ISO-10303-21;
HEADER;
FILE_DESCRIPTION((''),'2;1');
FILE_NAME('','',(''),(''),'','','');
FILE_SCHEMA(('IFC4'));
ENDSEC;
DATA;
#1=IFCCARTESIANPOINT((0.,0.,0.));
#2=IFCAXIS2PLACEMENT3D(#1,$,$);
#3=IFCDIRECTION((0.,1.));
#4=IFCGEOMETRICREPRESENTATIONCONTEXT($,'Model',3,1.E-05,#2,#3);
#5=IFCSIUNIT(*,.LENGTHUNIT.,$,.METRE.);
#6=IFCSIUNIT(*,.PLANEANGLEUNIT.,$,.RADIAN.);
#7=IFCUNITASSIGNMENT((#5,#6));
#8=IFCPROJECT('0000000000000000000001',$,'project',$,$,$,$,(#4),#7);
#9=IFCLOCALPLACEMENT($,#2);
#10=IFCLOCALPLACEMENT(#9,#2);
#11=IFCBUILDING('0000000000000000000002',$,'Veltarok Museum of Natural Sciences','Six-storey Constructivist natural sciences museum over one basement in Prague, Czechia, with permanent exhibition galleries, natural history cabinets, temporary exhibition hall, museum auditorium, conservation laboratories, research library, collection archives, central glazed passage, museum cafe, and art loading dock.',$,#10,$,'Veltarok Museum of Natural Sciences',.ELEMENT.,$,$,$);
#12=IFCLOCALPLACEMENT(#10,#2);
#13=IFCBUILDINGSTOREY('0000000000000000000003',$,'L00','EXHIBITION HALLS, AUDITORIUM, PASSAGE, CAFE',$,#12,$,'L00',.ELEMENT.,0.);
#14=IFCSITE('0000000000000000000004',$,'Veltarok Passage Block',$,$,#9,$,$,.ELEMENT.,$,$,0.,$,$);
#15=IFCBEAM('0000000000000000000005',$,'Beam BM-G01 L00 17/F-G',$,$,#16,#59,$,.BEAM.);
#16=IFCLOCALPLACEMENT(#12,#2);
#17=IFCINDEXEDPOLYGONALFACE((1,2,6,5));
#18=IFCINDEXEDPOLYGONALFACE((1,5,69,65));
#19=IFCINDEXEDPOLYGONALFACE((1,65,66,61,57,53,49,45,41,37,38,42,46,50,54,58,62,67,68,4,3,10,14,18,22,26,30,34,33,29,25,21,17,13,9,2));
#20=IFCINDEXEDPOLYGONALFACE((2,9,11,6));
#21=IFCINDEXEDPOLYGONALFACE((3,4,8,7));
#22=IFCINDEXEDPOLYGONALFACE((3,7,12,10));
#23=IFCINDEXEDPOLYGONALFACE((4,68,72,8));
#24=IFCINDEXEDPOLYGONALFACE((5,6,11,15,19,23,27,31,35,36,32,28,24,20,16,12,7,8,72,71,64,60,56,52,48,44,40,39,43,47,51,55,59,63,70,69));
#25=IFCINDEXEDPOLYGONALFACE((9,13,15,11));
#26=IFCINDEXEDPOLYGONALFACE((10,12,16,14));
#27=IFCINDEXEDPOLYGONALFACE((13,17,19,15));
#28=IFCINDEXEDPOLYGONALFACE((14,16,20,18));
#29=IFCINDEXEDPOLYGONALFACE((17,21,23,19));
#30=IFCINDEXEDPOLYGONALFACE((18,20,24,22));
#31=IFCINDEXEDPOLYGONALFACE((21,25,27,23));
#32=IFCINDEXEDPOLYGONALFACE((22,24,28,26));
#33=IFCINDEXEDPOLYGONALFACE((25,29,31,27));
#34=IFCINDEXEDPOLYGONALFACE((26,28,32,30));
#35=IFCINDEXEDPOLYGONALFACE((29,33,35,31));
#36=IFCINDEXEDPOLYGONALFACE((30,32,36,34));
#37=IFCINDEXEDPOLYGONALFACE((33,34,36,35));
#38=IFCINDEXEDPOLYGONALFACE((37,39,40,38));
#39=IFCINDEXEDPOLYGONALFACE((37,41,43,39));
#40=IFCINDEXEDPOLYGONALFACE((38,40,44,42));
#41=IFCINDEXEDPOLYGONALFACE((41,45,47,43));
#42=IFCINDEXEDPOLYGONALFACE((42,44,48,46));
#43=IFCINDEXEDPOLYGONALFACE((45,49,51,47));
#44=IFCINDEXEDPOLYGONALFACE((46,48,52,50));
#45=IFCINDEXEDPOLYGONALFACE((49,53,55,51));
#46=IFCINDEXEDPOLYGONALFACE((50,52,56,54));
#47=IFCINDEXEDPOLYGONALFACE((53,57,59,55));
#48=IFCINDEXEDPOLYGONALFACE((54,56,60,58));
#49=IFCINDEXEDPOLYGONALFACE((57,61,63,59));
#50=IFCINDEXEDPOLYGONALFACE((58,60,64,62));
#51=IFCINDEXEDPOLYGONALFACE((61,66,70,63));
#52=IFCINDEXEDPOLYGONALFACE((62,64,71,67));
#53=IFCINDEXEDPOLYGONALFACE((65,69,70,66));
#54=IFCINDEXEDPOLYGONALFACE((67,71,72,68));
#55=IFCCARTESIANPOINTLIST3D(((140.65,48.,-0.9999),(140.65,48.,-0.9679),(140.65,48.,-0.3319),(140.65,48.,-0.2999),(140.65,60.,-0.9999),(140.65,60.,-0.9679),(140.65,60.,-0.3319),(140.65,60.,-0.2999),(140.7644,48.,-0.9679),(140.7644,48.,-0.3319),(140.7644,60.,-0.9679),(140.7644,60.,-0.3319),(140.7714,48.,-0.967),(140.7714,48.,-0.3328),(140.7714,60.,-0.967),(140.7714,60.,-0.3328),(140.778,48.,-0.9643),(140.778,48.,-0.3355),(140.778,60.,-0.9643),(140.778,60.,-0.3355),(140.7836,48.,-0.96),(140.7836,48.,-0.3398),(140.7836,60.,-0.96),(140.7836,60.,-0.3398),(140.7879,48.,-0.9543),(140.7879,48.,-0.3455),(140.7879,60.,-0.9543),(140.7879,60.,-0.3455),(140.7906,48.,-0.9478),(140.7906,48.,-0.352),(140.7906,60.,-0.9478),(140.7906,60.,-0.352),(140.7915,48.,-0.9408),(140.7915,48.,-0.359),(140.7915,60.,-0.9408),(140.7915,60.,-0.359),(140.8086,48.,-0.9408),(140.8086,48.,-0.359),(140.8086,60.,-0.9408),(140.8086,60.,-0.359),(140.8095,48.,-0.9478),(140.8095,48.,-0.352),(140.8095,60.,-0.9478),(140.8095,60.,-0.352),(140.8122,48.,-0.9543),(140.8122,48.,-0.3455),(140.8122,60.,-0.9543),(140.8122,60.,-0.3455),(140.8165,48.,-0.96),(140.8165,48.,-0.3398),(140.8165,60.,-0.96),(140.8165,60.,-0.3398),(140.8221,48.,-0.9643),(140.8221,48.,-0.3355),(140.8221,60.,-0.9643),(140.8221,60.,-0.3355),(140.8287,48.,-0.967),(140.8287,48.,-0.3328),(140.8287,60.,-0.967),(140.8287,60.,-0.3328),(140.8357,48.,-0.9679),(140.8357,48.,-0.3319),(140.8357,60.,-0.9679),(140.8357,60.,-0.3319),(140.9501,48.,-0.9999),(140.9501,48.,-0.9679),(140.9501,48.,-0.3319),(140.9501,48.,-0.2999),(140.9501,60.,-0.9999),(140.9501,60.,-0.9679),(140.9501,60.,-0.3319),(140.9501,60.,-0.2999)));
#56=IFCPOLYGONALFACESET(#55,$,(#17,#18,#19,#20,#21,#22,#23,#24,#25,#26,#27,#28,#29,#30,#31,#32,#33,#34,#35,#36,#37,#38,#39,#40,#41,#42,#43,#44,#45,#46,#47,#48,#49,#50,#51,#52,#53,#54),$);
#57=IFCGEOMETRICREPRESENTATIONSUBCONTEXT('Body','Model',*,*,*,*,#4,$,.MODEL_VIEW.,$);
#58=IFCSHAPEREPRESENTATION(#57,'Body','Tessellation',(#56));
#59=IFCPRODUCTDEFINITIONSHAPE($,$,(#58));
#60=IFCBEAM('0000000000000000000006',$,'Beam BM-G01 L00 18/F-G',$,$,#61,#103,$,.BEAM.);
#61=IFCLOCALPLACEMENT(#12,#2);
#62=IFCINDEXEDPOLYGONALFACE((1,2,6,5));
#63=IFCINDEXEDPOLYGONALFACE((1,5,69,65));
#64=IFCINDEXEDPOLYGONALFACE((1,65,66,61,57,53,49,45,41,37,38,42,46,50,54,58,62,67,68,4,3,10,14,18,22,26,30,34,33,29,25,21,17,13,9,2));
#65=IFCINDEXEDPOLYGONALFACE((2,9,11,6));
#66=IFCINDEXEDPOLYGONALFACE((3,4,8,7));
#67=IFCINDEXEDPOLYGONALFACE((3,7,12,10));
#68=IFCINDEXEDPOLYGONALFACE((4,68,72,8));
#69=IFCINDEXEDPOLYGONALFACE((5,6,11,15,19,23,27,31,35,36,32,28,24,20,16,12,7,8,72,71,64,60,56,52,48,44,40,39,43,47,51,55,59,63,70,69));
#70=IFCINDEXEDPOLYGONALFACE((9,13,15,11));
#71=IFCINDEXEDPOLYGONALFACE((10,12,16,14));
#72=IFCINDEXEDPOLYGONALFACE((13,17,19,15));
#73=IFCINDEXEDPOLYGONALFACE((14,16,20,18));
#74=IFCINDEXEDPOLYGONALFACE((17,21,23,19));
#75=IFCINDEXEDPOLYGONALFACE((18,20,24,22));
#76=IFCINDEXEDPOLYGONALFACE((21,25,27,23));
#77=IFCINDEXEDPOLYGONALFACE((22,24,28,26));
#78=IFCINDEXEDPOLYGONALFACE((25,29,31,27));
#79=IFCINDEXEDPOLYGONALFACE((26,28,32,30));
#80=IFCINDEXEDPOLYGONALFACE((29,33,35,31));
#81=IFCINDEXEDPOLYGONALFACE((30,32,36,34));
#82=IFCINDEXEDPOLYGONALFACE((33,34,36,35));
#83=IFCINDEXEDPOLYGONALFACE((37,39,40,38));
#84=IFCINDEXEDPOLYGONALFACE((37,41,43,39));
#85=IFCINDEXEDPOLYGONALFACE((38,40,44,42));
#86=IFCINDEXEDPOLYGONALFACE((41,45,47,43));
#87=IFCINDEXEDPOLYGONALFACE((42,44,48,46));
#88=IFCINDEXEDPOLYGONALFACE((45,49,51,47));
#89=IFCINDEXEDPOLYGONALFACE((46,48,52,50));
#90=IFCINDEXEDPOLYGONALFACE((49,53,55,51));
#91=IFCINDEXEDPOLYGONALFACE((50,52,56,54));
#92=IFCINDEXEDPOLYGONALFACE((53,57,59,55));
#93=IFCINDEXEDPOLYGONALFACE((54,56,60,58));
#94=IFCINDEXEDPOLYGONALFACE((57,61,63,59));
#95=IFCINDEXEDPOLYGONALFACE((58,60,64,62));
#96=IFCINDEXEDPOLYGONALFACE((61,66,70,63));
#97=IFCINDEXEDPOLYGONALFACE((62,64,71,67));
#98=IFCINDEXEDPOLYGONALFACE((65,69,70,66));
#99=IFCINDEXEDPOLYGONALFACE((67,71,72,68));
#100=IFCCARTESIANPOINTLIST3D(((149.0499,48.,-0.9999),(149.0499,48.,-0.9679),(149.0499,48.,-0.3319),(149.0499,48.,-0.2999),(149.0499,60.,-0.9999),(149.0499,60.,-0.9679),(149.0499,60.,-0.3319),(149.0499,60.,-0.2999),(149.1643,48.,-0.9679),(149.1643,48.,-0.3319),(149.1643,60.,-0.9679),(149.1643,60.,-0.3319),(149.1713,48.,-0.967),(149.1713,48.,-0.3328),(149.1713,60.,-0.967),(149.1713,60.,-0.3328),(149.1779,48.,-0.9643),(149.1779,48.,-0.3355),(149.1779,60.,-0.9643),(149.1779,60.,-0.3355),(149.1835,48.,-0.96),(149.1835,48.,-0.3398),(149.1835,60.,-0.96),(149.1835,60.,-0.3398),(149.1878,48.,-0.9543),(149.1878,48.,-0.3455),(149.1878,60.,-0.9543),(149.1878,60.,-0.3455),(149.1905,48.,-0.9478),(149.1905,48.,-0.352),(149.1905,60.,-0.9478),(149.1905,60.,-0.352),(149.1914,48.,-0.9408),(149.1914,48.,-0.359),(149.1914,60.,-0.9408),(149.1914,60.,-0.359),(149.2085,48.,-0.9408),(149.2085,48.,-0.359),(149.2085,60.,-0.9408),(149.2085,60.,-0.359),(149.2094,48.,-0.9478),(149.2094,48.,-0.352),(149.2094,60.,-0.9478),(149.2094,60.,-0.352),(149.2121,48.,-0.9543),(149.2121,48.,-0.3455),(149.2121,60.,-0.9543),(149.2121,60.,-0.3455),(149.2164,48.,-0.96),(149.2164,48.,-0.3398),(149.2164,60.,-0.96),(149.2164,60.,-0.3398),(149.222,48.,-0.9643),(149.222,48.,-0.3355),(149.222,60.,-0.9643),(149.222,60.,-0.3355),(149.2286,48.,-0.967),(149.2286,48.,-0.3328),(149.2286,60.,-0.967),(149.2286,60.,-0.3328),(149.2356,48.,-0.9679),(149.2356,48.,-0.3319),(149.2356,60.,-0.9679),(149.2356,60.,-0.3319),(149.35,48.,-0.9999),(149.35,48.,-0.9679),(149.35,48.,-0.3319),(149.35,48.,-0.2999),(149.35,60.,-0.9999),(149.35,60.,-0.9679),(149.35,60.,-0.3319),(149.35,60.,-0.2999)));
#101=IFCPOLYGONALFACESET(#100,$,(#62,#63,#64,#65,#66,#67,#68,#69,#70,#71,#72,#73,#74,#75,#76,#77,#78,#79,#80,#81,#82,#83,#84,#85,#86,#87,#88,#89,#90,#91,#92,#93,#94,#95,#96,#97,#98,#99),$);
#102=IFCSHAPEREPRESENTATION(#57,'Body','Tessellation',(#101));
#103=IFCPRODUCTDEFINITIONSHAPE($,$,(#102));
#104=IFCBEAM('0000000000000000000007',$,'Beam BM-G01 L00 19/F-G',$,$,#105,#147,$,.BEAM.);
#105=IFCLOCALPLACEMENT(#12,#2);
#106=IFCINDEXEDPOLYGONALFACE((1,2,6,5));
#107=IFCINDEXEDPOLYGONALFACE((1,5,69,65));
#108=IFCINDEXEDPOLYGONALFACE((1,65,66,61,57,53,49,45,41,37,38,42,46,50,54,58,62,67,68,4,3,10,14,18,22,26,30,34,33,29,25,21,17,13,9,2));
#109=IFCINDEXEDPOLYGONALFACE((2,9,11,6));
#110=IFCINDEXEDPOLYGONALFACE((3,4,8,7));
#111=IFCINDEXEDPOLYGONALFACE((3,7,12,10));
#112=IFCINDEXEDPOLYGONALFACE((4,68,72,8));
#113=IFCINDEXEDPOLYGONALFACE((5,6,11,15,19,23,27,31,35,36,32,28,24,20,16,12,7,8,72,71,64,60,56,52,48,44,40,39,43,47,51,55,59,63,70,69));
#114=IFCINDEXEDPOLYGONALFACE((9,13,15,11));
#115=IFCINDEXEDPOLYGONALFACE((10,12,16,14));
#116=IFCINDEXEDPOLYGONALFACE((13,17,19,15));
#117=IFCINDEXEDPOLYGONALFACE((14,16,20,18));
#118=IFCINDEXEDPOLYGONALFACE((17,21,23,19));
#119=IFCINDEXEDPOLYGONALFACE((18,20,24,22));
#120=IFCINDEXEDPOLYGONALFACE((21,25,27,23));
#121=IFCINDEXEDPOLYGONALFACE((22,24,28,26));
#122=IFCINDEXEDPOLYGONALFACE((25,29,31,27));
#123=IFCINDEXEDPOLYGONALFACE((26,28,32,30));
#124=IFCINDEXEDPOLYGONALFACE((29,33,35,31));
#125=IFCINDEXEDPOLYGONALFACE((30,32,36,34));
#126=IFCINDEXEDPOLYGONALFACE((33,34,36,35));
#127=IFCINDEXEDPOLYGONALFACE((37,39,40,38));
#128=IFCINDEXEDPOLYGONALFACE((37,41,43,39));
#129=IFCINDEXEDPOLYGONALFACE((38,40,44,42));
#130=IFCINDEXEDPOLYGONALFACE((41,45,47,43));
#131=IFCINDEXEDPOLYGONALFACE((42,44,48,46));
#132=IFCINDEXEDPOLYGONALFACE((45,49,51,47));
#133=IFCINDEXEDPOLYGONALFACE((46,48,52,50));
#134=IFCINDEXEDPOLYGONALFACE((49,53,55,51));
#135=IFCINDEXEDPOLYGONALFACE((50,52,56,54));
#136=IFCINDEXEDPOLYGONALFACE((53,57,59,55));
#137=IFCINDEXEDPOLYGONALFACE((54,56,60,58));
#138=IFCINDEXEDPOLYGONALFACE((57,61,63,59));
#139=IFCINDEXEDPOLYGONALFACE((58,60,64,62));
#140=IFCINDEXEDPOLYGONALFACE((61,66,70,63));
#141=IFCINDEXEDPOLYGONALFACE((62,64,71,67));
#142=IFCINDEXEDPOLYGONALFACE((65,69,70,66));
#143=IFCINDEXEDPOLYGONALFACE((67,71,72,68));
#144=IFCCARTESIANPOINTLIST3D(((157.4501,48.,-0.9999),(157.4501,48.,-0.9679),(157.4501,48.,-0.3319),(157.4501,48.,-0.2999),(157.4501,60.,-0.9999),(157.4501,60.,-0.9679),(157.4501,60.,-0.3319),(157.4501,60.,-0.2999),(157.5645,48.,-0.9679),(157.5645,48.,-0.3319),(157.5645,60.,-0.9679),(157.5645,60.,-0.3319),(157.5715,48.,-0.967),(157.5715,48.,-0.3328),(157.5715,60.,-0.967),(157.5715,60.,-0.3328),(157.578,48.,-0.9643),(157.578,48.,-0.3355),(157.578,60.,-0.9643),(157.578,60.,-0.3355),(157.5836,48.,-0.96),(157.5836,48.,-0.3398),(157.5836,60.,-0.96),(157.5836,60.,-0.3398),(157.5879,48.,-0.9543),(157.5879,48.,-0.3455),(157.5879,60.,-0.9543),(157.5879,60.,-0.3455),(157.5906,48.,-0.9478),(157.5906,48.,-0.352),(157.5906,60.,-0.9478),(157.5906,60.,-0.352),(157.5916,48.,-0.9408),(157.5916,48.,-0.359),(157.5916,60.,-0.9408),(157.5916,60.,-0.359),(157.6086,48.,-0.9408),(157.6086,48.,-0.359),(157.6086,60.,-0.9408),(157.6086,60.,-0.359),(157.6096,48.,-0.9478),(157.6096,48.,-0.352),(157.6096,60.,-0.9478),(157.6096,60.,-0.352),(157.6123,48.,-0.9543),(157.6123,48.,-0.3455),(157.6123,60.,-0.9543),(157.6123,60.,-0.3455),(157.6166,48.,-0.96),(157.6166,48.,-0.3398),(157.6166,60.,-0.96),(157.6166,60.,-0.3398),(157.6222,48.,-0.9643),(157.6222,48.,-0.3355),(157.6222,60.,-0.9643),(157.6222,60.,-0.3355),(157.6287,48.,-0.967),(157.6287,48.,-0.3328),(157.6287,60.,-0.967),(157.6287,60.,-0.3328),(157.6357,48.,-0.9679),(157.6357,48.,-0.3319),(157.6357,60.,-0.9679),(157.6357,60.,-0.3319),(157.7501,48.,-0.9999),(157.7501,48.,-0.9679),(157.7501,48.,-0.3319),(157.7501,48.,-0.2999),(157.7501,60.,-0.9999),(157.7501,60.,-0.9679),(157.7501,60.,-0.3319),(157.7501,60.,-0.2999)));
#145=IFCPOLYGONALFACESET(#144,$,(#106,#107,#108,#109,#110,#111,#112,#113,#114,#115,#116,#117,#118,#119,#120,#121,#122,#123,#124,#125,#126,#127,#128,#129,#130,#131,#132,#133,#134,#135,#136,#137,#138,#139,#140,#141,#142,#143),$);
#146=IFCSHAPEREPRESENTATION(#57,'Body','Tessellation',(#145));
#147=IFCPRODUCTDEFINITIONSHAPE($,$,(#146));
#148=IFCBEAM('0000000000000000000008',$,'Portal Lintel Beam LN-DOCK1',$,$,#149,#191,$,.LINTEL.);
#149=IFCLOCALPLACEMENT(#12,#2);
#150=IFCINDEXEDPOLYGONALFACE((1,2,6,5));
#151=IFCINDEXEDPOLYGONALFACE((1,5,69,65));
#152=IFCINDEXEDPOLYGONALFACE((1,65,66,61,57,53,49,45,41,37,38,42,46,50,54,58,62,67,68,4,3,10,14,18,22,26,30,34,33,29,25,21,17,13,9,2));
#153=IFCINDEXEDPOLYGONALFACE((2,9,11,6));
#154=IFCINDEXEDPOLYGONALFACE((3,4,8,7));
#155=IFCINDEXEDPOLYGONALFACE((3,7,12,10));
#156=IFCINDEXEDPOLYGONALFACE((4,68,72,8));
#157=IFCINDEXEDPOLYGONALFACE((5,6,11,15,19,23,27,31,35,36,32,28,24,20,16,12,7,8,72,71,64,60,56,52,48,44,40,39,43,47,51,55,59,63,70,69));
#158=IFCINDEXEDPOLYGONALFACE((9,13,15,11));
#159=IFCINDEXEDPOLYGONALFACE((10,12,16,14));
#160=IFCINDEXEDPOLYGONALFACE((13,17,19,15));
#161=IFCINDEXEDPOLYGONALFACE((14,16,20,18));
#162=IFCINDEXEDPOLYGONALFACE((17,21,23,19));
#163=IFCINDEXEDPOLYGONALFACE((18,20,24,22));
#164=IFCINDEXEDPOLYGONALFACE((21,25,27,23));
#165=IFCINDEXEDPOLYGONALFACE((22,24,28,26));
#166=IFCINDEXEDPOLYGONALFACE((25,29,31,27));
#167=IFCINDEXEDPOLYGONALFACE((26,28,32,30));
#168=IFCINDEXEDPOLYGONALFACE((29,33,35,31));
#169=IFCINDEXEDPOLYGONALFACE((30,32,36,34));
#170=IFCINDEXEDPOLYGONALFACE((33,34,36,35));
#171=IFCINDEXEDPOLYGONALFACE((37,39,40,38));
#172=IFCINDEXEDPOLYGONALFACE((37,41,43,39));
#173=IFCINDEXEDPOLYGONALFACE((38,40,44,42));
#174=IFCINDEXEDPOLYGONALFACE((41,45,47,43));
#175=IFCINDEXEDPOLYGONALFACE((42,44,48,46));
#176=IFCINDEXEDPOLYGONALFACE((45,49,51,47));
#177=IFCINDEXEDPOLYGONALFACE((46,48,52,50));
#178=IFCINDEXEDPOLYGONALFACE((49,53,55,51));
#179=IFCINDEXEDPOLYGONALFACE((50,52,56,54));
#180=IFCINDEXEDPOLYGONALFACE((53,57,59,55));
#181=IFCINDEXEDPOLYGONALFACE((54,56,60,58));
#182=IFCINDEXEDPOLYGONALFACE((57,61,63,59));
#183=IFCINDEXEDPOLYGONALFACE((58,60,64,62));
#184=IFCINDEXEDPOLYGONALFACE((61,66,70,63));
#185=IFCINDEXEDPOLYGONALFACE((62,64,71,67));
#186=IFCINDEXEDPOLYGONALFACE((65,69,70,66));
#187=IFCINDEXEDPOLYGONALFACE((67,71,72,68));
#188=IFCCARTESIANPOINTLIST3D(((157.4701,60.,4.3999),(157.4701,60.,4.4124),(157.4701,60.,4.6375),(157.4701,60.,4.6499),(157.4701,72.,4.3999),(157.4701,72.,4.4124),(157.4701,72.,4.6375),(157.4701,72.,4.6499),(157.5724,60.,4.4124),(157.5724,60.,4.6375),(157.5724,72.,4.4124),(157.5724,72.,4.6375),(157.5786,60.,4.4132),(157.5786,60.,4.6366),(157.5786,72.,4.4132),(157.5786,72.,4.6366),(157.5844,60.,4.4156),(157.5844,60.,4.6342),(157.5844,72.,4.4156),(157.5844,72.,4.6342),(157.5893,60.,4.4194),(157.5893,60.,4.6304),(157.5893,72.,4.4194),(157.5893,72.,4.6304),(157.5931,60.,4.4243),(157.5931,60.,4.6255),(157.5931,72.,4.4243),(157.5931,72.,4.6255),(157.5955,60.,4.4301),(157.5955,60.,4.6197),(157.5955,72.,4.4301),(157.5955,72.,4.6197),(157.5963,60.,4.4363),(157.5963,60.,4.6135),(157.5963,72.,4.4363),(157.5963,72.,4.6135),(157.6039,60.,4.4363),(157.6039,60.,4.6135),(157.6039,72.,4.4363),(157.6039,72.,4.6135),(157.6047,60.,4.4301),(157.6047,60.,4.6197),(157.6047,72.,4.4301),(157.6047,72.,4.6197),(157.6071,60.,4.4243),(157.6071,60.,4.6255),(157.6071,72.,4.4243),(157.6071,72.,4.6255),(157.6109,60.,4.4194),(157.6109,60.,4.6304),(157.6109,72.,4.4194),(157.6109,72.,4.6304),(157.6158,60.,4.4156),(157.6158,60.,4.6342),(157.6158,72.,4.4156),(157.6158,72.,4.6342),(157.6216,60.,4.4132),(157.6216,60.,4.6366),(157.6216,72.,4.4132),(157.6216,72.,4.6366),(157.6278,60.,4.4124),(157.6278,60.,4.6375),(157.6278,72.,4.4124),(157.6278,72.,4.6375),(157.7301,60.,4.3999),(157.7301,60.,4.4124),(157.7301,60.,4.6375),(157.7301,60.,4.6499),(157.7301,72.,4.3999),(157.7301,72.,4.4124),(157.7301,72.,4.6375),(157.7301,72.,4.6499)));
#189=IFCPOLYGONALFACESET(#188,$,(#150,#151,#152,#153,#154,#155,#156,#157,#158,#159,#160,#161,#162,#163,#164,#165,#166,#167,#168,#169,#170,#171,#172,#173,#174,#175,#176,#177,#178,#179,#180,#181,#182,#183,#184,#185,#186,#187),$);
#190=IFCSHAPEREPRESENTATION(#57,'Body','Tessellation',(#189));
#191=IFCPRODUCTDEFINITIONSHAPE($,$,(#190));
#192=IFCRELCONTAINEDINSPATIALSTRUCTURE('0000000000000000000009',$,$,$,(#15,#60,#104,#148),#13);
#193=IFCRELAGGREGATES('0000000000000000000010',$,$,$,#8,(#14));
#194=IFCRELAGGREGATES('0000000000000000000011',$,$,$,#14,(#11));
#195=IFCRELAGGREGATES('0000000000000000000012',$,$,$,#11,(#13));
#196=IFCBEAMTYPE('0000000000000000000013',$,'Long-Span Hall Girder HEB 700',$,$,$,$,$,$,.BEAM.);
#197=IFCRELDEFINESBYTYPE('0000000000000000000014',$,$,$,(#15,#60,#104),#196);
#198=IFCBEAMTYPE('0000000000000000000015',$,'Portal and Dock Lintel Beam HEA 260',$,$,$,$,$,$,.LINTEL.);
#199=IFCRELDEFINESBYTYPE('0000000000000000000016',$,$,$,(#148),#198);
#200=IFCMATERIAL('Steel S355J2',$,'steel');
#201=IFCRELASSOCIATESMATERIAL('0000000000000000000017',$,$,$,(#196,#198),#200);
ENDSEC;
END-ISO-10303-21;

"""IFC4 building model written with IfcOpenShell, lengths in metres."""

from ifc_helpers import new_model, si_unit, direction, frame, origin, origin_2d, place, context, subcontext, project, spatial, i_section, extrude, material, material_profile, profile_set, type_object, element, save


model = new_model("IFC4")

# Units and contexts
model_context = context("Model", 3, precision=1e-05, world=origin(), true_north=direction((0.0, 1.0)))
body_context = subcontext(model_context, "Body", "Model", "MODEL_VIEW")
ifc_project = project(units=[si_unit("LENGTHUNIT", "METRE"), si_unit("PLANEANGLEUNIT", "RADIAN")], contexts=[model_context])

# Site, building, storey
site_placement = place(None, origin())
site = spatial("IfcSite", under=ifc_project, at=site_placement, Name="Veltarok Passage Block", CompositionType="ELEMENT", RefElevation=0.0)
building_placement = place(site_placement, origin())
building = spatial("IfcBuilding", under=site, at=building_placement, Name="Veltarok Museum of Natural Sciences", Description="Six-storey Constructivist natural sciences museum over one basement in Prague, Czechia, with permanent exhibition galleries, natural history cabinets, temporary exhibition hall, museum auditorium, conservation laboratories, research library, collection archives, central glazed passage, museum cafe, and art loading dock.", LongName="Veltarok Museum of Natural Sciences", CompositionType="ELEMENT")
storey_placement = place(building_placement, origin())
storey = spatial("IfcBuildingStorey", under=building, at=storey_placement, Name="L00", Description="EXHIBITION HALLS, AUDITORIUM, PASSAGE, CAFE", LongName="L00", CompositionType="ELEMENT", Elevation=0.0)

# Shared definitions
ifc_material_1 = material(Name="Steel S355J2", Category="steel")

# Beams
ifc_material_profile_1 = material_profile(ifc_material_1, i_section(OverallWidth=0.3, OverallDepth=0.7, WebThickness=0.0171, FlangeThickness=0.032, FilletRadius=0.0271, at=origin_2d()), Name="HEB 700")
ifc_profile_set_1 = profile_set([ifc_material_profile_1], Name="Steel S355J2")
beam_type_1 = type_object("IfcBeamType", Name="Long-Span Hall Girder HEB 700", PredefinedType="BEAM", material=ifc_profile_set_1)
for number, where, z_axis, x_axis, name in (
    (1, (140.8, 48.0, -0.6499), (0.0, 1.0, 0.0), (-1.0, 0.0, 0.0), "Beam BM-G01 L00 17/F-G"),
    (2, (149.2, 48.0, -0.6499), (0.0, 1.0, 0.0), (-1.0, 0.0, 0.0), "Beam BM-G01 L00 18/F-G"),
    (3, (157.6001, 48.0, -0.6499), (0.0, 1.0, 0.0), (-1.0, 0.0, 0.0), "Beam BM-G01 L00 19/F-G"),
):
    element("IfcBeam", number, at=place(storey_placement, frame(where, z_axis=z_axis, x_axis=x_axis)), inside=storey, type_object=beam_type_1, Name=name, PredefinedType="BEAM", context=body_context, shape_type="SweptSolid", body=[
        extrude(i_section(OverallWidth=0.3, OverallDepth=0.7, WebThickness=0.0171, FlangeThickness=0.032, FilletRadius=0.0271, at=origin_2d()), origin(), (0.0, 0.0, 1.0), 12.0),
    ])
ifc_material_profile_2 = material_profile(ifc_material_1, i_section(OverallWidth=0.26, OverallDepth=0.25, WebThickness=0.0076, FlangeThickness=0.0125, FilletRadius=0.0239, at=origin_2d()), Name="HEA 260")
ifc_profile_set_2 = profile_set([ifc_material_profile_2], Name="Steel S355J2")
beam_type_2 = type_object("IfcBeamType", Name="Portal and Dock Lintel Beam HEA 260", PredefinedType="LINTEL", material=ifc_profile_set_2)
beam_1_placement = place(storey_placement, frame((157.6001, 60.0, 4.5249), z_axis=(0.0, 1.0, 0.0), x_axis=(-1.0, 0.0, 0.0)))
element("IfcBeam", 4, at=beam_1_placement, inside=storey, type_object=beam_type_2, Name="Portal Lintel Beam LN-DOCK1", PredefinedType="LINTEL", context=body_context, shape_type="SweptSolid", body=[
    extrude(i_section(OverallWidth=0.26, OverallDepth=0.25, WebThickness=0.0076, FlangeThickness=0.0125, FilletRadius=0.0239, at=origin_2d()), origin(), (0.0, 0.0, 1.0), 12.0),
])

save(model, "model.ifc")
